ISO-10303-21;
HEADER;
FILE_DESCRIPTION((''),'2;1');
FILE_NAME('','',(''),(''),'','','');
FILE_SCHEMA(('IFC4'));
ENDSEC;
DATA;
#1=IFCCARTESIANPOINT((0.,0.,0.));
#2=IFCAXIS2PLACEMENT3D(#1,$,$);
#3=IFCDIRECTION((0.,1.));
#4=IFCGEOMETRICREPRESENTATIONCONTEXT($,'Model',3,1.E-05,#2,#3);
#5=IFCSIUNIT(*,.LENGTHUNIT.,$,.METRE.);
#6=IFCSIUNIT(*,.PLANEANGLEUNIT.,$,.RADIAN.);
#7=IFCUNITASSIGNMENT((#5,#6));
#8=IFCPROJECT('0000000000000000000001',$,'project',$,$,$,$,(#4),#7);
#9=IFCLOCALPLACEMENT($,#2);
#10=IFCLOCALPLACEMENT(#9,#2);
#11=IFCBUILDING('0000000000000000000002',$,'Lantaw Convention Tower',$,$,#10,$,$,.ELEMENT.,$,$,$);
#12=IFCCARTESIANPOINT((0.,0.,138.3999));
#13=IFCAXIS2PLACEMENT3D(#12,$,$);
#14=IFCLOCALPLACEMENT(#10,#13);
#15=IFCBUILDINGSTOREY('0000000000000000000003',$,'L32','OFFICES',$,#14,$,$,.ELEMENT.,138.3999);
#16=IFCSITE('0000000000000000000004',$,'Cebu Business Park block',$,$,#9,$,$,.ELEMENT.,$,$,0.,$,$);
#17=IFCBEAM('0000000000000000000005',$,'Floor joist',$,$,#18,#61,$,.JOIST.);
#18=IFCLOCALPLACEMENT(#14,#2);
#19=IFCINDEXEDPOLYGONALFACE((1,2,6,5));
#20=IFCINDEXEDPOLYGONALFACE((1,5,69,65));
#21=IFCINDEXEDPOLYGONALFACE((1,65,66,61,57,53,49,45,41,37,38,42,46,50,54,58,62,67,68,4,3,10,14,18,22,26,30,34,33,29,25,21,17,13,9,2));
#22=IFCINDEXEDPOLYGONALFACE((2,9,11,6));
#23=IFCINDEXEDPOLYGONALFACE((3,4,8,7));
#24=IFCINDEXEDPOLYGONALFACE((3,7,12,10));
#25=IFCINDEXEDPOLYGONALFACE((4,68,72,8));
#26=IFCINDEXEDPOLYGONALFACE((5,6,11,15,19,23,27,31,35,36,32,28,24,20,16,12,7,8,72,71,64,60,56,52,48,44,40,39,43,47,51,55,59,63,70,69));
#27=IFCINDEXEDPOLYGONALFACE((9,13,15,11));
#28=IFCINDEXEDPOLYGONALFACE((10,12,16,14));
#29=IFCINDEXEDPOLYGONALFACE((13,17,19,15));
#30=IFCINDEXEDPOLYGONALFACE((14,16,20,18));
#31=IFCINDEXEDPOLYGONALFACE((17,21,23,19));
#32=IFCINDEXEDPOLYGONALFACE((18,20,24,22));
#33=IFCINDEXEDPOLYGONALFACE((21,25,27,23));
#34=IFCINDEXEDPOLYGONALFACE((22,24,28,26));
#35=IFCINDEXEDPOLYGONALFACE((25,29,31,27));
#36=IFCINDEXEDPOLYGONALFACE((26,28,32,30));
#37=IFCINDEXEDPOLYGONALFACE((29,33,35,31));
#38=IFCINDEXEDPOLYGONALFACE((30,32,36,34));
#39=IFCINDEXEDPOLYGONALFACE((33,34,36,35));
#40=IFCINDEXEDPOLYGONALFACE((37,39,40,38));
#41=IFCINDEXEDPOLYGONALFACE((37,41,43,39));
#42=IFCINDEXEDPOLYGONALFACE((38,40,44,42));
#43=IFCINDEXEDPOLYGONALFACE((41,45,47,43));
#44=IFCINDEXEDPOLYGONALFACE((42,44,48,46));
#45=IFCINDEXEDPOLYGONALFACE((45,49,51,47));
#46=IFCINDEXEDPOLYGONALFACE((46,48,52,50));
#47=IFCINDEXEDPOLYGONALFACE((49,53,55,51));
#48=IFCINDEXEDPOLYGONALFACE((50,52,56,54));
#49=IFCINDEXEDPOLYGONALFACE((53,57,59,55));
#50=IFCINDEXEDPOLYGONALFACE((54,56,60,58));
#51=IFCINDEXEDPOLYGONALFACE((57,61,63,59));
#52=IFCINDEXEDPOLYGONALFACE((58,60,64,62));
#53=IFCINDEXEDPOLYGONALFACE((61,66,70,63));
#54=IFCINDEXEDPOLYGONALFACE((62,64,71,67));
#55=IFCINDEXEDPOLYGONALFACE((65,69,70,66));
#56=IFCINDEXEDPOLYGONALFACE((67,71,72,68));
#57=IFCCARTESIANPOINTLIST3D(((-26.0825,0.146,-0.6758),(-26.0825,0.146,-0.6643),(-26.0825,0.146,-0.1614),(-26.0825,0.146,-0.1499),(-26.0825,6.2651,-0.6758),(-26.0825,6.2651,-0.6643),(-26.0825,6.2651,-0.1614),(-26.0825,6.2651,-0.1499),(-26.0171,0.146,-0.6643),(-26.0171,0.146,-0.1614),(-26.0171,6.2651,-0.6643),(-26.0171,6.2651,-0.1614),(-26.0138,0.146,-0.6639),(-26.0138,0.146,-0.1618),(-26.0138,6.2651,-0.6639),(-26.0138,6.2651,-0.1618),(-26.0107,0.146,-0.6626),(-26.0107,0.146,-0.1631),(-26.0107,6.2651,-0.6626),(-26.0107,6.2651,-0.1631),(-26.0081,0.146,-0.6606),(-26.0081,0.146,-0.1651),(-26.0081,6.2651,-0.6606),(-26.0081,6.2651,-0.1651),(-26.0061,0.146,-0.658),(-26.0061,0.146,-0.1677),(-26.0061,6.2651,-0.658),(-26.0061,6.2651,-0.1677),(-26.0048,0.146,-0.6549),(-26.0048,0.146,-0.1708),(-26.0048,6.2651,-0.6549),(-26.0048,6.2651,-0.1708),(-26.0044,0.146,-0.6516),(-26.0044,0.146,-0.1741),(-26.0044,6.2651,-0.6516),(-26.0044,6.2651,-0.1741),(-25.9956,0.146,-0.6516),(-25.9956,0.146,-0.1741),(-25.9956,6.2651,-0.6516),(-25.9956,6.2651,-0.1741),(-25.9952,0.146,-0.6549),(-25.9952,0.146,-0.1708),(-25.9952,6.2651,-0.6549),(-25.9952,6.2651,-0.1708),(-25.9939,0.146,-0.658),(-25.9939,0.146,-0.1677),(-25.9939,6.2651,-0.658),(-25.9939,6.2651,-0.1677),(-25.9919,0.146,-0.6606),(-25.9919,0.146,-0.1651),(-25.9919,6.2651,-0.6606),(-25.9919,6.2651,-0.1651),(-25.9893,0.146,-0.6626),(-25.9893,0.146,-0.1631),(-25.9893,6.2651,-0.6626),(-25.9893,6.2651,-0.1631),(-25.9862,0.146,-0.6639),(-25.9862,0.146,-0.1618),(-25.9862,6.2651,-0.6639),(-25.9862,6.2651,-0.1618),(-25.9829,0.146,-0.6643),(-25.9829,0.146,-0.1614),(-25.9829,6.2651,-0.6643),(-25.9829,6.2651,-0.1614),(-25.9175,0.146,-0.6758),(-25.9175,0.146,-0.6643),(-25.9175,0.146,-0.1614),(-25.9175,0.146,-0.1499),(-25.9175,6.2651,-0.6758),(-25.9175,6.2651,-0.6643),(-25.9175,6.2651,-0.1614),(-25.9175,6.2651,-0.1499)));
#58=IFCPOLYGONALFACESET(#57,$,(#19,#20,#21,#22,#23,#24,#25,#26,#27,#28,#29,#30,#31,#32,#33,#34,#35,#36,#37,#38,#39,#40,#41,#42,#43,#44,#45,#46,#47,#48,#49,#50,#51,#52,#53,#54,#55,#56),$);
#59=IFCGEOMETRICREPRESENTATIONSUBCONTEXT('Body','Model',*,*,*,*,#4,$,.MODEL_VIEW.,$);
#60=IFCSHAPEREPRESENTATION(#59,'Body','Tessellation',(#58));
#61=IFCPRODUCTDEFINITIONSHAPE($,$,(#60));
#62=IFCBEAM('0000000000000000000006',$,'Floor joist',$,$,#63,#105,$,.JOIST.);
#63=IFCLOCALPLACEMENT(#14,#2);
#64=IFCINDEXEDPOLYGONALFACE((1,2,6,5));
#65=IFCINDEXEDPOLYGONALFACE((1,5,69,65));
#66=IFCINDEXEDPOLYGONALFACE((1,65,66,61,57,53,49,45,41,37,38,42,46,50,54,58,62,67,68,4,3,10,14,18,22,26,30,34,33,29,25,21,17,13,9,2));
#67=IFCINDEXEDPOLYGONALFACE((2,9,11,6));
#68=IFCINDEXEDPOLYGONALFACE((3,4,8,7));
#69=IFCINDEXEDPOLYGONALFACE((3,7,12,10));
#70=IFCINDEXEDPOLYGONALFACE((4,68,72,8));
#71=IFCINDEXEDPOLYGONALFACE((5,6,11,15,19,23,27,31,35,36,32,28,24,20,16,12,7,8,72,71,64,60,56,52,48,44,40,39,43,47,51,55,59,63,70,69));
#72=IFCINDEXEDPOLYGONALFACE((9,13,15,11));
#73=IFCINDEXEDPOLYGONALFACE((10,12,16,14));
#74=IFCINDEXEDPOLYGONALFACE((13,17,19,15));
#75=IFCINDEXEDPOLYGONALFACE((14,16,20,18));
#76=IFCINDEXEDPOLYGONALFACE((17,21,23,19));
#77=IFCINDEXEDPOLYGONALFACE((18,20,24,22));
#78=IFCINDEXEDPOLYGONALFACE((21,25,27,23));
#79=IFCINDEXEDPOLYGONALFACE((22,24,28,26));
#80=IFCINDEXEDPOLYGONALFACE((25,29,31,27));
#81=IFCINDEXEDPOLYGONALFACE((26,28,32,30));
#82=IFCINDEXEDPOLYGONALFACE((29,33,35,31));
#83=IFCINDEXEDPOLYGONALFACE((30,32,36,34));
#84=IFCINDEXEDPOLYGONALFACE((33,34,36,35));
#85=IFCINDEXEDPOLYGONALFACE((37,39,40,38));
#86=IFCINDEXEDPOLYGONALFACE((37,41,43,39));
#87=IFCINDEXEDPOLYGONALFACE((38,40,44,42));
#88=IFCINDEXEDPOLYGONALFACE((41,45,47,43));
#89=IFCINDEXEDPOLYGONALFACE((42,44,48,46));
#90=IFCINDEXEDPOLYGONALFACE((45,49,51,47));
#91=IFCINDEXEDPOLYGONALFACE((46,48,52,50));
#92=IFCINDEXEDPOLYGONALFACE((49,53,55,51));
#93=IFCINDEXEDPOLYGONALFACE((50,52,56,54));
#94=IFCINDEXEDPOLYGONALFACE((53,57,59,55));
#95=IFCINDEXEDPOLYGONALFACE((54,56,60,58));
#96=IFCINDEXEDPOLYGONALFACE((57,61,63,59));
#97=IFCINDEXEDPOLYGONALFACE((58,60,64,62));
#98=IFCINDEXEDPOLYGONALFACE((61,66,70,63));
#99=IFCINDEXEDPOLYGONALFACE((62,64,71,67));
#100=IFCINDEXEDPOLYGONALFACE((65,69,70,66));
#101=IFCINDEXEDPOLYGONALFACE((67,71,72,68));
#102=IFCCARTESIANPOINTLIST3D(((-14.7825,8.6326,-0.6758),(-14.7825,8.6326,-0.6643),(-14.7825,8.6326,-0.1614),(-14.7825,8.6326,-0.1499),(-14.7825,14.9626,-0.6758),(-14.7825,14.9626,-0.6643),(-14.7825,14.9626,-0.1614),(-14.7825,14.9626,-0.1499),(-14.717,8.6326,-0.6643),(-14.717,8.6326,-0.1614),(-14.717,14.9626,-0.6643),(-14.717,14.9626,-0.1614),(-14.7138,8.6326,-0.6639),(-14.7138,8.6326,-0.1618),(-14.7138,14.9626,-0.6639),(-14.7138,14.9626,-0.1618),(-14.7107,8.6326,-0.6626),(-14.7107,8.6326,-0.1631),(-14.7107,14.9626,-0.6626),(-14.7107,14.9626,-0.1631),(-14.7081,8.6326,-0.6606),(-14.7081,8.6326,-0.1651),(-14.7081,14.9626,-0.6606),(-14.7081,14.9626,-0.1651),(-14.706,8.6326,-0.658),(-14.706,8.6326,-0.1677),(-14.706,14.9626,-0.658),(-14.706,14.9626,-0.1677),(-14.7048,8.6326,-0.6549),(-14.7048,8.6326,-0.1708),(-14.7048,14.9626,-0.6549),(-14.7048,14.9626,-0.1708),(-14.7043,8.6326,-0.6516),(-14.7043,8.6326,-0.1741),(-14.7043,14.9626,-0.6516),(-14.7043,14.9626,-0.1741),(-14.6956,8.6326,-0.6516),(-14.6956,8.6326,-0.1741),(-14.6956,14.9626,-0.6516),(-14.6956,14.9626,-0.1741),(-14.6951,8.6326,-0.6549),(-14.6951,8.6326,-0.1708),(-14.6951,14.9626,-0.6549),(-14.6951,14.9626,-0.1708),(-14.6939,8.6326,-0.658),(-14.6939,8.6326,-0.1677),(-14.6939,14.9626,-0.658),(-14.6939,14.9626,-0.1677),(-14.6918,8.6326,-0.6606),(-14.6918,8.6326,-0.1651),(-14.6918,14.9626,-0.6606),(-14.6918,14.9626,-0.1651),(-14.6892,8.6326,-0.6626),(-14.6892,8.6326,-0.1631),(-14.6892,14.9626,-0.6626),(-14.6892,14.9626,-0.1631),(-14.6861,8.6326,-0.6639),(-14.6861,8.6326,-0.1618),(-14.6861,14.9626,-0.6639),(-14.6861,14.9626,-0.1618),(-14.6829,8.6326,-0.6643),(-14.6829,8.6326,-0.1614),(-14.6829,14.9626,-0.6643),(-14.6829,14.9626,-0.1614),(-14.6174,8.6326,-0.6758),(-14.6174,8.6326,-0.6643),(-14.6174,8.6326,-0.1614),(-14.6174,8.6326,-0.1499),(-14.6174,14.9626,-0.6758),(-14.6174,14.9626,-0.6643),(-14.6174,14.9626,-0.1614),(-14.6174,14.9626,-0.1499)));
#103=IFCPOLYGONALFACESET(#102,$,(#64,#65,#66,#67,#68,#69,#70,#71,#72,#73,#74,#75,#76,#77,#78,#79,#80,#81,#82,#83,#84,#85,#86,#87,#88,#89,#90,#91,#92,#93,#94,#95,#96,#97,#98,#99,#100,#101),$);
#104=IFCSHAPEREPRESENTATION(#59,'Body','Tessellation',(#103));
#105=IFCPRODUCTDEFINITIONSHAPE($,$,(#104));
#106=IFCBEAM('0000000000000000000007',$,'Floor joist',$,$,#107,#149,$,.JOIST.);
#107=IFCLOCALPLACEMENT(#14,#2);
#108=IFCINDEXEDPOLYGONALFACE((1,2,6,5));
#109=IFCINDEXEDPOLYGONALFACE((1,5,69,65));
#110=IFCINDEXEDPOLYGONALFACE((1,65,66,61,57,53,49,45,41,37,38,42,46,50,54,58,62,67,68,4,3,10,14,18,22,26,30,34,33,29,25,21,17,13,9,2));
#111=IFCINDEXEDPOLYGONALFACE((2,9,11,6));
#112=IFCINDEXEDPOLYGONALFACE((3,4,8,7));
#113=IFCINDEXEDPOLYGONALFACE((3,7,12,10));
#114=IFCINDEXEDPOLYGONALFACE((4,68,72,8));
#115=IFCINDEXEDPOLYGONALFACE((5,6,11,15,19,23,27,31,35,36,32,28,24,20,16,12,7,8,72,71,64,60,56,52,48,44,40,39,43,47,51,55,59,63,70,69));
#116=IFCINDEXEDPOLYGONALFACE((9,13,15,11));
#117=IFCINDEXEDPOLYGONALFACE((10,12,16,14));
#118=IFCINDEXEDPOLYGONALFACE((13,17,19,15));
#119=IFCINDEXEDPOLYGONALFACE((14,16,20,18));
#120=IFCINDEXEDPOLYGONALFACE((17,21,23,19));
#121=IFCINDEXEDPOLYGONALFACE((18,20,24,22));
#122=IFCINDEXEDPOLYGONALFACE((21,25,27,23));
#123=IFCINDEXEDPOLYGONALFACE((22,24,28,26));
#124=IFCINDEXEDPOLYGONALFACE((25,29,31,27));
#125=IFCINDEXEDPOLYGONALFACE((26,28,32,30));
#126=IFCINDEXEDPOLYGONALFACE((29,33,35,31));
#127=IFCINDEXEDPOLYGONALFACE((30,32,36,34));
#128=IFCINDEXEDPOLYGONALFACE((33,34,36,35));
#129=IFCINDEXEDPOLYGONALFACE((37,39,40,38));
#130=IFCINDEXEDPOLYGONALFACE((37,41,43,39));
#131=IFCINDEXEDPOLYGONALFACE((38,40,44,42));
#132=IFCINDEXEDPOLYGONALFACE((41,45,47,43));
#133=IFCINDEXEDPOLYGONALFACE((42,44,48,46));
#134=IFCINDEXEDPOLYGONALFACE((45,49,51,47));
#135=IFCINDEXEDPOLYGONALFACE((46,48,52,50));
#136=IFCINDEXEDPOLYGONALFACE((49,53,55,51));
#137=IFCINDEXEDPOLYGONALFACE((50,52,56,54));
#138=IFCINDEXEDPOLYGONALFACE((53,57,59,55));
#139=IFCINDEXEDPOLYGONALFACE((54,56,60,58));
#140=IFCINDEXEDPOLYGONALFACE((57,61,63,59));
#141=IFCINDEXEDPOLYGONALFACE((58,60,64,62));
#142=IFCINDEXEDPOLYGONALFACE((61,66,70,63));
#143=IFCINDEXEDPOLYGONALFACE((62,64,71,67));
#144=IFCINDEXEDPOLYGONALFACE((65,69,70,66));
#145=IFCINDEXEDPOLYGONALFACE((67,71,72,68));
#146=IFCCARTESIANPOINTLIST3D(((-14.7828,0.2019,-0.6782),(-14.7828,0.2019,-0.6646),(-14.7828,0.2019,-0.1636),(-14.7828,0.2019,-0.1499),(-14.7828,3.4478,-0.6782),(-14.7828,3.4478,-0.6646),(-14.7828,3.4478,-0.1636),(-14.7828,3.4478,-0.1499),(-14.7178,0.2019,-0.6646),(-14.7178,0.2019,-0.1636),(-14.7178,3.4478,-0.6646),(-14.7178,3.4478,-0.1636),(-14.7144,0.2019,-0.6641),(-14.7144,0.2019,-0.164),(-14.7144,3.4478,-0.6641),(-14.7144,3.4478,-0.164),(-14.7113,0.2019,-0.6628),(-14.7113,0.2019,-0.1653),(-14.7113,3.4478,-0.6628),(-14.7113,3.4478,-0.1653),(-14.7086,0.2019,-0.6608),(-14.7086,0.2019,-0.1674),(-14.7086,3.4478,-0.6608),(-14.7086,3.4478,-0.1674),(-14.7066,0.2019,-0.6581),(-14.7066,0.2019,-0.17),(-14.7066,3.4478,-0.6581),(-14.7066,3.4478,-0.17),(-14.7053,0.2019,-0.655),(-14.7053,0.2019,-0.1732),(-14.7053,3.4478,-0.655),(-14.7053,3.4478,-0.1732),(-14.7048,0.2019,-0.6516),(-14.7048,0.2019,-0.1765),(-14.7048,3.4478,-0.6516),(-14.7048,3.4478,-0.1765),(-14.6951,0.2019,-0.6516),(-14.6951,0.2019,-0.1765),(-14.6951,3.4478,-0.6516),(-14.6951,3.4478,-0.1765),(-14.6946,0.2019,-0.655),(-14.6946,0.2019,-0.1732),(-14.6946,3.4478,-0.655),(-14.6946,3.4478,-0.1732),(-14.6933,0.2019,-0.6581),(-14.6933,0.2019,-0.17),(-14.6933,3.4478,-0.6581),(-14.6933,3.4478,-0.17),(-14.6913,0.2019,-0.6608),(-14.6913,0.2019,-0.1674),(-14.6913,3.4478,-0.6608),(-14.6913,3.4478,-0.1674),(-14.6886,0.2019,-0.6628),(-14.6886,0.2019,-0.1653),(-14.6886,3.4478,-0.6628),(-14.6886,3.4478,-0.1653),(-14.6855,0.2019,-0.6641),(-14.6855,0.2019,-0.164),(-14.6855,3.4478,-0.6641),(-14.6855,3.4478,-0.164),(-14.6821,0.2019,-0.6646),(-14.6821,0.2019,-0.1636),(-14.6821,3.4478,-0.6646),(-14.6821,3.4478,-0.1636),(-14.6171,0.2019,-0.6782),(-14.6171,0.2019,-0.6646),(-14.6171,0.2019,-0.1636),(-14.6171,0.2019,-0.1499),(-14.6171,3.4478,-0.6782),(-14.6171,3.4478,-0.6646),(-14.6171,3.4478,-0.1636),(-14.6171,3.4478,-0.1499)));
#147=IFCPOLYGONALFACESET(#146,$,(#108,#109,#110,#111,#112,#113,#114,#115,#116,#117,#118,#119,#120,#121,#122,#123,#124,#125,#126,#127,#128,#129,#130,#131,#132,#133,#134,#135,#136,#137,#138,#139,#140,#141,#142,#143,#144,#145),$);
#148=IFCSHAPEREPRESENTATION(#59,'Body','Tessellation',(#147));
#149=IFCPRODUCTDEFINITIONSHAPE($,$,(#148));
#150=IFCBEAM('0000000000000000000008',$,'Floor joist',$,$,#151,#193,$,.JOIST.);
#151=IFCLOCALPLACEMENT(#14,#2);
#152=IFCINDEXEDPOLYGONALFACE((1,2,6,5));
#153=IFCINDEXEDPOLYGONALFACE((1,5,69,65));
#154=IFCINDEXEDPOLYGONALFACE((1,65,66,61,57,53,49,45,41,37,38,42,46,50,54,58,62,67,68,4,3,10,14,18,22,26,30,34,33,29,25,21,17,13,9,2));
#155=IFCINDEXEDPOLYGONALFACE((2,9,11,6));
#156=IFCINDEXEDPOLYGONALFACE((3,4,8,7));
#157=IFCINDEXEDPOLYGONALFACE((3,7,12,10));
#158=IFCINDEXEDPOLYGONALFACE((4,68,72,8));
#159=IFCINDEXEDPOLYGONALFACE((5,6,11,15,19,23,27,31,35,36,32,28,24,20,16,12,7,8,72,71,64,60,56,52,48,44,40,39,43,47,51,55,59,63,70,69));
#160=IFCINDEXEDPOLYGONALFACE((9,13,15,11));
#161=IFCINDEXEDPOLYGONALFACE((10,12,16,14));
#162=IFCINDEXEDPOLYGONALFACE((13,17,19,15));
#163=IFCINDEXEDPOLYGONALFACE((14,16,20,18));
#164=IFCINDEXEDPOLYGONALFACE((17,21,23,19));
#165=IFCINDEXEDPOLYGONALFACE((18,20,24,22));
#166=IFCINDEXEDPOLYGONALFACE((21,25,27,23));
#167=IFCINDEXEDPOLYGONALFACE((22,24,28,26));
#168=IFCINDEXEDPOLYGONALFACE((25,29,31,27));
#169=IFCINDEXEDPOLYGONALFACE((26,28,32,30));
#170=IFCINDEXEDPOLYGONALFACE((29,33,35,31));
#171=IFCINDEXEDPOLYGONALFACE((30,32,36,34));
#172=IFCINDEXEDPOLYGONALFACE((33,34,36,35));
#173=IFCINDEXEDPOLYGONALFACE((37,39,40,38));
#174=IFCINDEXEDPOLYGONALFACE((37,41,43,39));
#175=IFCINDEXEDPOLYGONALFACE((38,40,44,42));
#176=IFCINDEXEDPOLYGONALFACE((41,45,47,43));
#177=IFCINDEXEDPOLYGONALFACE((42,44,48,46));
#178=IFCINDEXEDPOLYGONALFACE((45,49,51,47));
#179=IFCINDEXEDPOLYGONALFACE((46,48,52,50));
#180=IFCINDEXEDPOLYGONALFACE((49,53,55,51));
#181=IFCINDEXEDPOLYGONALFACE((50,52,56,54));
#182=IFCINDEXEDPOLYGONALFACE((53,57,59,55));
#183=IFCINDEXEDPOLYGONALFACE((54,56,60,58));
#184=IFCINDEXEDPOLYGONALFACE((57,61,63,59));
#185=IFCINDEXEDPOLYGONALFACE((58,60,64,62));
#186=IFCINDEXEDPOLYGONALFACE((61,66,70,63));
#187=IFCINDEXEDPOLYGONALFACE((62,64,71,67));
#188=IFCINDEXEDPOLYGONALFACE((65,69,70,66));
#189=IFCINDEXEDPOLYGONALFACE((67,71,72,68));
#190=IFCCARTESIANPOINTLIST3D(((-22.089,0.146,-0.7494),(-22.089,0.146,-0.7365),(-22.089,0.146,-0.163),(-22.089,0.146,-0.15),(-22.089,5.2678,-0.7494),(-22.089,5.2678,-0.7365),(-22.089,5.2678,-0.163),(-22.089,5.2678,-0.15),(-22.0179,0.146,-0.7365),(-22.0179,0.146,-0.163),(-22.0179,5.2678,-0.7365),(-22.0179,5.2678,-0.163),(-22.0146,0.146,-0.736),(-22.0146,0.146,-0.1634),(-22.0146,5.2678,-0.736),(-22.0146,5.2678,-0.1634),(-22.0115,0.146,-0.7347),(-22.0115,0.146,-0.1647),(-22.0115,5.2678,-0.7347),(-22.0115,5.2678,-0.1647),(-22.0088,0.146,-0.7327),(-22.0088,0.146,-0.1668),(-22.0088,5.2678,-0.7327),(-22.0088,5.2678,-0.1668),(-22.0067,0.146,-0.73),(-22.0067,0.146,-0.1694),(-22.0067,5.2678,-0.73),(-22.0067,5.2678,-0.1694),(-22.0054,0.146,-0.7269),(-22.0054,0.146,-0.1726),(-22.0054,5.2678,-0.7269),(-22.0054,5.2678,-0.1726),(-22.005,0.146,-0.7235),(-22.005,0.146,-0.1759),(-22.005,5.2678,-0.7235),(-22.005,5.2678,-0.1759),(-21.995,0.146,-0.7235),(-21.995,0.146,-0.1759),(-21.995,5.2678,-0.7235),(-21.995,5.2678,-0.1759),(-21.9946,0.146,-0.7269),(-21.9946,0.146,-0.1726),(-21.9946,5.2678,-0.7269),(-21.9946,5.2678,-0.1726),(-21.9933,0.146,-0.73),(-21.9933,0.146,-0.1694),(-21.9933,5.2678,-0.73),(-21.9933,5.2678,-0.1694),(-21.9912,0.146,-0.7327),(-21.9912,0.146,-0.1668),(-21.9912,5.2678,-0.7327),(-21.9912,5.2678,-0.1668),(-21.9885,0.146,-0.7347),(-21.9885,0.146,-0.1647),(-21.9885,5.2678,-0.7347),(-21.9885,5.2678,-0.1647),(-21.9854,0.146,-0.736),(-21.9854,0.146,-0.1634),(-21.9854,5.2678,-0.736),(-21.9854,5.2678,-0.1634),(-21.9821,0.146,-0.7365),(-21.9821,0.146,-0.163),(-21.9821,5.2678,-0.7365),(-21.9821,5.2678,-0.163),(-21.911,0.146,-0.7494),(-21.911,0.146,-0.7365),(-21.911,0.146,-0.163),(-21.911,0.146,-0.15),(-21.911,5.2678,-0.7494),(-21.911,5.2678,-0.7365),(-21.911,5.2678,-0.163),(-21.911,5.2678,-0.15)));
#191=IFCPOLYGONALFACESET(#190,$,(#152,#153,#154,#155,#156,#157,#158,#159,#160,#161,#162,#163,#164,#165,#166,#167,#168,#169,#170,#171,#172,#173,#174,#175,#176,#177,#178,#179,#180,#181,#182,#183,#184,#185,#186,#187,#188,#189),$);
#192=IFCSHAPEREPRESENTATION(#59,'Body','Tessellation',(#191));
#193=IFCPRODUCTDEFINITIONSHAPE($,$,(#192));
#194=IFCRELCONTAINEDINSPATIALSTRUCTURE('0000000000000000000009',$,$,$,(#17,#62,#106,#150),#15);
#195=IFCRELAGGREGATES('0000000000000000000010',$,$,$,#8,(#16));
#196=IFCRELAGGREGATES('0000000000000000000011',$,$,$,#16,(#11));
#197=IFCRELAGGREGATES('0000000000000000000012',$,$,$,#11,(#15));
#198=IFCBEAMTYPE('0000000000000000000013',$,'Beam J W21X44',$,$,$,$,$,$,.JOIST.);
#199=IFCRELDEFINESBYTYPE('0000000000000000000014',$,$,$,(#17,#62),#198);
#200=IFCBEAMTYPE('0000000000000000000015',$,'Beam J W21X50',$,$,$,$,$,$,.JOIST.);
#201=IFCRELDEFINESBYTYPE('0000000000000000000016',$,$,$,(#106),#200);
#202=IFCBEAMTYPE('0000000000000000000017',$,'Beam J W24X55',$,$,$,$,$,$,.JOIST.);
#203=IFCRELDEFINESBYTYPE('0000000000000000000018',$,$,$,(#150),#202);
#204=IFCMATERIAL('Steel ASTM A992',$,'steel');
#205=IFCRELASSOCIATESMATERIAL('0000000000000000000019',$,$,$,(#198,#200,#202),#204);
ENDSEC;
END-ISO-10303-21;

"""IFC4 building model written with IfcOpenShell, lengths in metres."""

from ifc_helpers import new_model, si_unit, direction, frame, origin, origin_2d, place, context, subcontext, project, spatial, i_section, extrude, material, material_profile, profile_set, type_object, element, save


model = new_model("IFC4")

# Units and contexts
model_context = context("Model", 3, precision=1e-05, world=origin(), true_north=direction((0.0, 1.0)))
body_context = subcontext(model_context, "Body", "Model", "MODEL_VIEW")
ifc_project = project(units=[si_unit("LENGTHUNIT", "METRE"), si_unit("PLANEANGLEUNIT", "RADIAN")], contexts=[model_context])

# Site, building, storey
site_placement = place(None, origin())
site = spatial("IfcSite", under=ifc_project, at=site_placement, Name="Cebu Business Park block", CompositionType="ELEMENT", RefElevation=0.0)
building_placement = place(site_placement, origin())
building = spatial("IfcBuilding", under=site, at=building_placement, Name="Lantaw Convention Tower", CompositionType="ELEMENT")
storey_placement = place(building_placement, frame((0.0, 0.0, 138.3999)))
storey = spatial("IfcBuildingStorey", under=building, at=storey_placement, Name="L32", Description="OFFICES", CompositionType="ELEMENT", Elevation=138.3999)

# Beams
ifc_material_1 = material(Name="Steel ASTM A992", Category="steel")
ifc_material_profile_1 = material_profile(ifc_material_1, i_section(OverallWidth=0.165, OverallDepth=0.5259, WebThickness=0.0088, FlangeThickness=0.0115, FilletRadius=0.0127, at=origin_2d()), Name="W21X44")
ifc_profile_set_1 = profile_set([ifc_material_profile_1], Name="Steel ASTM A992")
beam_type_1 = type_object("IfcBeamType", Name="Beam J W21X44", PredefinedType="JOIST", material=ifc_profile_set_1)
beam_1_placement = place(storey_placement, frame((-26.0, 0.146, -0.4128), z_axis=(0.0, 1.0, 0.0), x_axis=(-1.0, 0.0, 0.0)))
element("IfcBeam", 1, at=beam_1_placement, inside=storey, type_object=beam_type_1, Name="Floor joist", PredefinedType="JOIST", context=body_context, shape_type="SweptSolid", body=[
    extrude(i_section(OverallWidth=0.165, OverallDepth=0.5259, WebThickness=0.0088, FlangeThickness=0.0115, FilletRadius=0.0127, at=origin_2d()), origin(), (0.0, 0.0, 1.0), 6.1191),
])
beam_2_placement = place(storey_placement, frame((-14.7, 8.6326, -0.4128), z_axis=(0.0, 1.0, 0.0), x_axis=(-1.0, 0.0, 0.0)))
element("IfcBeam", 2, at=beam_2_placement, inside=storey, type_object=beam_type_1, Name="Floor joist", PredefinedType="JOIST", context=body_context, shape_type="SweptSolid", body=[
    extrude(i_section(OverallWidth=0.165, OverallDepth=0.5259, WebThickness=0.0088, FlangeThickness=0.0115, FilletRadius=0.0127, at=origin_2d()), origin(), (0.0, 0.0, 1.0), 6.3301),
])
ifc_material_profile_2 = material_profile(ifc_material_1, i_section(OverallWidth=0.1658, OverallDepth=0.5283, WebThickness=0.0098, FlangeThickness=0.0137, FilletRadius=0.0129, at=origin_2d()), Name="W21X50")
ifc_profile_set_2 = profile_set([ifc_material_profile_2], Name="Steel ASTM A992")
beam_type_2 = type_object("IfcBeamType", Name="Beam J W21X50", PredefinedType="JOIST", material=ifc_profile_set_2)
beam_3_placement = place(storey_placement, frame((-14.7, 0.2019, -0.4141), z_axis=(0.0, 1.0, 0.0), x_axis=(-1.0, 0.0, 0.0)))
element("IfcBeam", 3, at=beam_3_placement, inside=storey, type_object=beam_type_2, Name="Floor joist", PredefinedType="JOIST", context=body_context, shape_type="SweptSolid", body=[
    extrude(i_section(OverallWidth=0.1658, OverallDepth=0.5283, WebThickness=0.0098, FlangeThickness=0.0137, FilletRadius=0.0129, at=origin_2d()), origin(), (0.0, 0.0, 1.0), 3.2458),
])
ifc_material_profile_3 = material_profile(ifc_material_1, i_section(OverallWidth=0.178, OverallDepth=0.5994, WebThickness=0.01, FlangeThickness=0.0129, FilletRadius=0.0129, at=origin_2d()), Name="W24X55")
ifc_profile_set_3 = profile_set([ifc_material_profile_3], Name="Steel ASTM A992")
beam_type_3 = type_object("IfcBeamType", Name="Beam J W24X55", PredefinedType="JOIST", material=ifc_profile_set_3)
beam_4_placement = place(storey_placement, frame((-22.0, 0.146, -0.4497), z_axis=(0.0, 1.0, 0.0), x_axis=(-1.0, 0.0, 0.0)))
element("IfcBeam", 4, at=beam_4_placement, inside=storey, type_object=beam_type_3, Name="Floor joist", PredefinedType="JOIST", context=body_context, shape_type="SweptSolid", body=[
    extrude(i_section(OverallWidth=0.178, OverallDepth=0.5994, WebThickness=0.01, FlangeThickness=0.0129, FilletRadius=0.0129, at=origin_2d()), origin(), (0.0, 0.0, 1.0), 5.1218),
])

save(model, "model.ifc")
